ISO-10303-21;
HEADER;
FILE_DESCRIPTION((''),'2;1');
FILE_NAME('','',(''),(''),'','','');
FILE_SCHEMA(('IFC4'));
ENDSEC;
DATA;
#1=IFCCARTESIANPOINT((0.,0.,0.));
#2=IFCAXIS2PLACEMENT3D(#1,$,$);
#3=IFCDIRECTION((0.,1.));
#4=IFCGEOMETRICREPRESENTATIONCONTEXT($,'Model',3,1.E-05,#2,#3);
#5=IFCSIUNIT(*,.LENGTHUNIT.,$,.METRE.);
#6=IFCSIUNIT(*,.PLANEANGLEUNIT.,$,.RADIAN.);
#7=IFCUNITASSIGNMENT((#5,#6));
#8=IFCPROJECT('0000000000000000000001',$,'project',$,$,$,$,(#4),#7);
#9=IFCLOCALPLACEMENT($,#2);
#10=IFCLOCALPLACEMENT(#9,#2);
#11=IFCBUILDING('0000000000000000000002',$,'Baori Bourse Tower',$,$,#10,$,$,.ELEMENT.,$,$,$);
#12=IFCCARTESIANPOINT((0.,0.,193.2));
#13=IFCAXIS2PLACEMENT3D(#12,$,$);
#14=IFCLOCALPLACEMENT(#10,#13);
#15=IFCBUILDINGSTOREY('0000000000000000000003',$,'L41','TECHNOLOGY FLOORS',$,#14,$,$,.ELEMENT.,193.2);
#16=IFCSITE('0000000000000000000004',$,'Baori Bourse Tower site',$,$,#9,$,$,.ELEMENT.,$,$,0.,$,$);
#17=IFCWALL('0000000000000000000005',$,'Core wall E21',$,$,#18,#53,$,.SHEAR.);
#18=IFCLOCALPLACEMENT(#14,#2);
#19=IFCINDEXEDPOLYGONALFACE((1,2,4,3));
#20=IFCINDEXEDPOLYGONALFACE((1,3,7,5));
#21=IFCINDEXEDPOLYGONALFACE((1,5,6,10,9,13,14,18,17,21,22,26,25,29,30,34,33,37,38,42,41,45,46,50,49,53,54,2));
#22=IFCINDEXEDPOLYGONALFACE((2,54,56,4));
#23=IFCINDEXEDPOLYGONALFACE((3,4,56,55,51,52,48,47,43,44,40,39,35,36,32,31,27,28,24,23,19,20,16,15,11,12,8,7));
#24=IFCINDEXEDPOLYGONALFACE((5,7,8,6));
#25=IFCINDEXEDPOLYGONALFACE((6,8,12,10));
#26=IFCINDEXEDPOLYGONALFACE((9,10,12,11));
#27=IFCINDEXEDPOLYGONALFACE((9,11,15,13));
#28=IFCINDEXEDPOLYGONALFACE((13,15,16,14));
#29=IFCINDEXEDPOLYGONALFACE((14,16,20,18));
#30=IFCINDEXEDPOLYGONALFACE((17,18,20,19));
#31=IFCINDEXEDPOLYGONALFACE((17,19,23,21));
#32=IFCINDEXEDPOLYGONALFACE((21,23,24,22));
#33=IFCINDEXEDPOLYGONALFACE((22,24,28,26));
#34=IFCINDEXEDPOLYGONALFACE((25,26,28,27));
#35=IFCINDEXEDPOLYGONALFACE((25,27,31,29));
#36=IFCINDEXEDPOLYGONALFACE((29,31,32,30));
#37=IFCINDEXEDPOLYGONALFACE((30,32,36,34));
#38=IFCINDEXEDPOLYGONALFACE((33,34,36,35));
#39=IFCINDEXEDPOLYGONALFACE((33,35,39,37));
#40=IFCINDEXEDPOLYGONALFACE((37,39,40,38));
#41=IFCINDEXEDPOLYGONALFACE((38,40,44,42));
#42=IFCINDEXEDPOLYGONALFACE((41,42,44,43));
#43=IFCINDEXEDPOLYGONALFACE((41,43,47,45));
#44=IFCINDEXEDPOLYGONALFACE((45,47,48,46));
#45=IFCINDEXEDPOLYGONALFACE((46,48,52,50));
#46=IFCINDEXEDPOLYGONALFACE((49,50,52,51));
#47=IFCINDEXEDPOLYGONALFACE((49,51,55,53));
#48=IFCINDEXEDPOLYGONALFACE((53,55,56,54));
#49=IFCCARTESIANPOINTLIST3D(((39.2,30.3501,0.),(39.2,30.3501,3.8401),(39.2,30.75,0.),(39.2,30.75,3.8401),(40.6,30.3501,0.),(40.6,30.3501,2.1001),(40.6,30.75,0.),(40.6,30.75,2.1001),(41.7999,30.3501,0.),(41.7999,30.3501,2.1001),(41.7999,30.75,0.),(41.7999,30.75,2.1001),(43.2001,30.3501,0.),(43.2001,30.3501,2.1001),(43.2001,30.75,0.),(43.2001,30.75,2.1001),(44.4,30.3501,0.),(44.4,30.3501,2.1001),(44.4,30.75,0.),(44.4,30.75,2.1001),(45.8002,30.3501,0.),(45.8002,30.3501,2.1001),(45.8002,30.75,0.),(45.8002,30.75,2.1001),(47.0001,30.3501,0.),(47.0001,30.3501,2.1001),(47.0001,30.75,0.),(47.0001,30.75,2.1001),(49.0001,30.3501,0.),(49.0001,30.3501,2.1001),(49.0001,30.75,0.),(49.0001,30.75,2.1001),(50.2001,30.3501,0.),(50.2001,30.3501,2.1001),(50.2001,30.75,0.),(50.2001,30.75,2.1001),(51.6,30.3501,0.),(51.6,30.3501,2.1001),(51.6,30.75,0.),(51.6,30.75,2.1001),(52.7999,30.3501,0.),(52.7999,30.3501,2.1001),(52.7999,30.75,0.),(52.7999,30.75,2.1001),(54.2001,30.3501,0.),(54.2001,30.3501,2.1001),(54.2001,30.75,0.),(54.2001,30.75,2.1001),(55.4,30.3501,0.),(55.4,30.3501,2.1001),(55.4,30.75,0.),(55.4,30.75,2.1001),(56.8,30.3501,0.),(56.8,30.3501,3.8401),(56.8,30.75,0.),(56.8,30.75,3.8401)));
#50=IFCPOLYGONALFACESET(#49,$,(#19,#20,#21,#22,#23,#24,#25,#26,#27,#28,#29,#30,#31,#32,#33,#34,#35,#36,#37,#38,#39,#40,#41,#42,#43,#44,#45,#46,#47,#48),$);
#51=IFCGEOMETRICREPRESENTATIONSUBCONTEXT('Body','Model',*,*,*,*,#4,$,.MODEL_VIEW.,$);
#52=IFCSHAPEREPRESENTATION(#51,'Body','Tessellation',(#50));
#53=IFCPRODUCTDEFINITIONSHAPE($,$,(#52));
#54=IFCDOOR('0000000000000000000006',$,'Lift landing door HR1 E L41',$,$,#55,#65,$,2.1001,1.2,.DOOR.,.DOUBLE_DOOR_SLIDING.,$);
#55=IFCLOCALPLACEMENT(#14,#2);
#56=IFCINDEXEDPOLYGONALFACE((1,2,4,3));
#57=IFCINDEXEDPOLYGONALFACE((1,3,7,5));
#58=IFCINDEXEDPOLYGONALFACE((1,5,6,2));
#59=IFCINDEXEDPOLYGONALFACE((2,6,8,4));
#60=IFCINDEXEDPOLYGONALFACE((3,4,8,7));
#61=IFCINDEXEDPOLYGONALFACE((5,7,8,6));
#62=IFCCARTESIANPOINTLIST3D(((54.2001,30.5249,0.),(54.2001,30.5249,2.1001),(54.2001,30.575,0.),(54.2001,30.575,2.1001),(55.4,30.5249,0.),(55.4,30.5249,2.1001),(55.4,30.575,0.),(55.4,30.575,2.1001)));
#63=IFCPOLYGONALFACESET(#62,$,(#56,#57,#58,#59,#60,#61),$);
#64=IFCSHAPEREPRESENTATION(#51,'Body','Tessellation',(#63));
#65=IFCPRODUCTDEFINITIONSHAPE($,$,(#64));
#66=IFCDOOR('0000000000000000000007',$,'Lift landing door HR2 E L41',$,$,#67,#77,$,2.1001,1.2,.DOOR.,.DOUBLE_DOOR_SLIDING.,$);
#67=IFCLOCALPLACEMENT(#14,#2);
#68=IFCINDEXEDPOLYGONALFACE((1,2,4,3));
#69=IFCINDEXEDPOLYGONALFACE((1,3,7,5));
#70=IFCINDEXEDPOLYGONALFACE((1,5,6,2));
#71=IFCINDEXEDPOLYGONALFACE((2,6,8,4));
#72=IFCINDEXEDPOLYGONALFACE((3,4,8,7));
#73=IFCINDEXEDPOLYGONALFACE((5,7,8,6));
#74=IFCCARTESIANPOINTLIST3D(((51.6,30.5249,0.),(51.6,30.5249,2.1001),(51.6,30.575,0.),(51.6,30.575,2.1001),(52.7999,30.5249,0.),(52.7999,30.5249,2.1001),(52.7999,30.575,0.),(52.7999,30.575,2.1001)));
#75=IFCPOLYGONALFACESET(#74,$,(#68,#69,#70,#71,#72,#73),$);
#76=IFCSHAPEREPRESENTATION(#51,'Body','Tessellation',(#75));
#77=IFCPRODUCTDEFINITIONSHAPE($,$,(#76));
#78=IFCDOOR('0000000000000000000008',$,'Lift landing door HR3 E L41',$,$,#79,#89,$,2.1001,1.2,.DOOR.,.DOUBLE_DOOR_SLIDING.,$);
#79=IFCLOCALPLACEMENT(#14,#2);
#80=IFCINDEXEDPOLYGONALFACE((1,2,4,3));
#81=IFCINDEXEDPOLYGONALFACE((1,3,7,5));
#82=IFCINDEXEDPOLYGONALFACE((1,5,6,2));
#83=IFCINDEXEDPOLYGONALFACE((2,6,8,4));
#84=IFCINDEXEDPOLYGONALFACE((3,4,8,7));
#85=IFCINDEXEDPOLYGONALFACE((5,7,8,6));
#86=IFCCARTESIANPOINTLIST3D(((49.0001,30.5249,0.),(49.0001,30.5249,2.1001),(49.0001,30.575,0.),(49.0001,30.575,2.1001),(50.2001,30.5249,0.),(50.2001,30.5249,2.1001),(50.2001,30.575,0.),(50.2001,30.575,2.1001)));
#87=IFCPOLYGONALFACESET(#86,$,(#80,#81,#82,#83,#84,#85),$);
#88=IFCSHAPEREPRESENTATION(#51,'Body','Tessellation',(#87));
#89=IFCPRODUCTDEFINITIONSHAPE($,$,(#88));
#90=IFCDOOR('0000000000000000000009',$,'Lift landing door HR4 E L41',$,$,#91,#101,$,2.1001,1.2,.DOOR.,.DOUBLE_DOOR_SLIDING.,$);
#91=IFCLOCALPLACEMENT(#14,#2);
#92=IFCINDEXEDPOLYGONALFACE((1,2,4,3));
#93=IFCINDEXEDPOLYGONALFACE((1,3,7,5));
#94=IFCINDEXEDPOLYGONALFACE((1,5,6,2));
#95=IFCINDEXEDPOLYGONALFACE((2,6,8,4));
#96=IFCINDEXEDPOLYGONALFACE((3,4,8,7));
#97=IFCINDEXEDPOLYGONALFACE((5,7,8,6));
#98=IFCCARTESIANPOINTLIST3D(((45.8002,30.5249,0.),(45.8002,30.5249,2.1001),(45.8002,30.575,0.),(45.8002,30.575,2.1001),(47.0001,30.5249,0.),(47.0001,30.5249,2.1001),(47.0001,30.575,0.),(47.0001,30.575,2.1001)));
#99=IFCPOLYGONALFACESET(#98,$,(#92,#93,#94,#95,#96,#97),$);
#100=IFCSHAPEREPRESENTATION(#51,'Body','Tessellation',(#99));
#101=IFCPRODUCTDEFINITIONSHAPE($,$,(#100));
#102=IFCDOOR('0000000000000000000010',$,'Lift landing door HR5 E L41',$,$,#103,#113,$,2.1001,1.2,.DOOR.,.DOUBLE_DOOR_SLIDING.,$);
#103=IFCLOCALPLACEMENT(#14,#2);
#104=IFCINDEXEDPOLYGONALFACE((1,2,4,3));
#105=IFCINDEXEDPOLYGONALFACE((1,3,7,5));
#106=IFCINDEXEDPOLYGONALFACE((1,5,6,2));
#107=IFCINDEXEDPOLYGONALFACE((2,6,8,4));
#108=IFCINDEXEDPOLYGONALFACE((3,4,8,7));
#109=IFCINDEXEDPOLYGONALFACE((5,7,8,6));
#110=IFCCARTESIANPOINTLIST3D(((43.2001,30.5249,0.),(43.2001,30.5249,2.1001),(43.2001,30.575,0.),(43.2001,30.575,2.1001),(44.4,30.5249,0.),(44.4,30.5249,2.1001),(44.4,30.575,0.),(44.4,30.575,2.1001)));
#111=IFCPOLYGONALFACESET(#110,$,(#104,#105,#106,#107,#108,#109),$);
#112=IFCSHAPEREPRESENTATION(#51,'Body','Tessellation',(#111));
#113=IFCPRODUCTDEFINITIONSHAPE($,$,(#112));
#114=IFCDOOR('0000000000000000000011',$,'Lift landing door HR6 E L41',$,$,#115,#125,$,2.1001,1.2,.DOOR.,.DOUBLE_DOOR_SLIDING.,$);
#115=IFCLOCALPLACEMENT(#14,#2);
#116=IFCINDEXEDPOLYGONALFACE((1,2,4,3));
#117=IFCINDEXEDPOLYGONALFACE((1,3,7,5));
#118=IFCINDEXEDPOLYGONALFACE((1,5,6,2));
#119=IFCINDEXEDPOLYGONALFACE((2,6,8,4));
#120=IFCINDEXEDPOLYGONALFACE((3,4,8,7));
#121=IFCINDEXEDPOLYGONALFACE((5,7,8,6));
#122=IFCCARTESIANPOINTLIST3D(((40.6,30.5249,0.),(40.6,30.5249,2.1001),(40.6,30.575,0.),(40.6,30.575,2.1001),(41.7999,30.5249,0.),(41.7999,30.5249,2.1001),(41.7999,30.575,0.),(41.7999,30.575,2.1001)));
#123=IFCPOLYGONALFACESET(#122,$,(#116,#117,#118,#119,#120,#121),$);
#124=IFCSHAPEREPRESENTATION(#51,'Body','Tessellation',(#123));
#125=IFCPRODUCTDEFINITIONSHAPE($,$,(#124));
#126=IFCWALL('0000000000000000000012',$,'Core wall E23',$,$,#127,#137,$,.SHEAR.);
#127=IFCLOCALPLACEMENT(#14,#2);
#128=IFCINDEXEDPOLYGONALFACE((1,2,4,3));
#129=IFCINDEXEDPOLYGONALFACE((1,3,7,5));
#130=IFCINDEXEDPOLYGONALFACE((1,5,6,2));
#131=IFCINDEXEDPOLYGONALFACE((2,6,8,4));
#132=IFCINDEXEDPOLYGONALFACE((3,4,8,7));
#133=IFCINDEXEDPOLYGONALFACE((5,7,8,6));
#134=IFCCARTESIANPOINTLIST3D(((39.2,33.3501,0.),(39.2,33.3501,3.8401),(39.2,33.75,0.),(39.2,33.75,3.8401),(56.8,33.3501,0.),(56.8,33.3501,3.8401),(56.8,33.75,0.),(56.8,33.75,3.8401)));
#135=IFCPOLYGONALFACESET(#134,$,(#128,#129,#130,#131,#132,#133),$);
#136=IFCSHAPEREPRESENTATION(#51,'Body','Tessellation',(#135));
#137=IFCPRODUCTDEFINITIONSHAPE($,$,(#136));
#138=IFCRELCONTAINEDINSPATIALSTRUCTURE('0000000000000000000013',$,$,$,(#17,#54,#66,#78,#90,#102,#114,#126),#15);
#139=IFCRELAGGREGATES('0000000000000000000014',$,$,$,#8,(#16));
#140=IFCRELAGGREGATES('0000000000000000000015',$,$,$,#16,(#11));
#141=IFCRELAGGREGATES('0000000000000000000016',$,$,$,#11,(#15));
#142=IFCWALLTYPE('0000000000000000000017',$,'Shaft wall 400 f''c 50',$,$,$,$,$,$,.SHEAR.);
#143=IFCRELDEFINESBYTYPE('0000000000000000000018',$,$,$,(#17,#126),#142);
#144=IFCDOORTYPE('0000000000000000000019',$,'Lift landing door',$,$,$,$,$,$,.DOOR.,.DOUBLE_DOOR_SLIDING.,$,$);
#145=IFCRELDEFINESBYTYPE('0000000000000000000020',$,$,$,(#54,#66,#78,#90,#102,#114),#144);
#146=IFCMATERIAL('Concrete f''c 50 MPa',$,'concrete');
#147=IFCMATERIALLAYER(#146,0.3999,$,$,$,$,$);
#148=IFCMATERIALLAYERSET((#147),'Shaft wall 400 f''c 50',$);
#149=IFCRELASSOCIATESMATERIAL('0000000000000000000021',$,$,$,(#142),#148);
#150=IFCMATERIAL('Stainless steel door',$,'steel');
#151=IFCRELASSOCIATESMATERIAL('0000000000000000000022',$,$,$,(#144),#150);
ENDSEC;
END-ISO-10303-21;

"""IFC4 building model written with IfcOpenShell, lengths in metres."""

from ifc_helpers import new_model, si_unit, direction, frame, frame_2d, origin, place, context, subcontext, project, spatial, rectangle, extrude, material, layer, layer_set, type_object, element, fill, save


model = new_model("IFC4")

# Units and contexts
model_context = context("Model", 3, precision=1e-05, world=origin(), true_north=direction((0.0, 1.0)))
body_context = subcontext(model_context, "Body", "Model", "MODEL_VIEW")
ifc_project = project(units=[si_unit("LENGTHUNIT", "METRE"), si_unit("PLANEANGLEUNIT", "RADIAN")], contexts=[model_context])

# Site, building, storey
site_placement = place(None, origin())
site = spatial("IfcSite", under=ifc_project, at=site_placement, Name="Baori Bourse Tower site", CompositionType="ELEMENT", RefElevation=0.0)
building_placement = place(site_placement, origin())
building = spatial("IfcBuilding", under=site, at=building_placement, Name="Baori Bourse Tower", CompositionType="ELEMENT")
storey_placement = place(building_placement, frame((0.0, 0.0, 193.2)))
storey = spatial("IfcBuildingStorey", under=building, at=storey_placement, Name="L41", Description="TECHNOLOGY FLOORS", CompositionType="ELEMENT", Elevation=193.2)

# Wall, openings, doors
ifc_material_1 = material(Name="Concrete f'c 50 MPa", Category="concrete")
ifc_layer_1 = layer(ifc_material_1, 0.3999)
ifc_layer_set_1 = layer_set([ifc_layer_1], Name="Shaft wall 400 f'c 50")
wall_type_1 = type_object("IfcWallType", Name="Shaft wall 400 f'c 50", PredefinedType="SHEAR", material=ifc_layer_set_1)
wall_1_placement = place(storey_placement, frame((39.2, 30.55, 0.0), z_axis=(0.0, 0.0, 1.0), x_axis=(1.0, 0.0, 0.0)))
wall_1 = element("IfcWall", 1, at=wall_1_placement, inside=storey, type_object=wall_type_1, Name="Core wall E21", PredefinedType="SHEAR", context=body_context, shape_type="SweptSolid", body=[
    extrude(rectangle(XDim=17.6001, YDim=0.3999, at=frame_2d((8.8, 0.0))), origin(), (0.0, 0.0, 1.0), 3.8401),
])
opening_1_placement = place(wall_1_placement, frame((15.0, 0.0, 0.0)))
opening_1 = element("IfcOpeningElement", 2, at=opening_1_placement, cuts=wall_1, PredefinedType="OPENING", context=body_context, shape_type="SweptSolid", body=[
    extrude(rectangle(XDim=1.2, YDim=2.1001, at=frame_2d((0.6001, 1.05))), frame((0.0, 0.21, 0.0), z_axis=(0.0, -1.0, 0.0), x_axis=(1.0, 0.0, 0.0)), (0.0, 0.0, 1.0), 0.4199),
])
opening_2_placement = place(wall_1_placement, frame((12.3999, 0.0, 0.0)))
opening_2 = element("IfcOpeningElement", 3, at=opening_2_placement, cuts=wall_1, PredefinedType="OPENING", context=body_context, shape_type="SweptSolid", body=[
    extrude(rectangle(XDim=1.2, YDim=2.1001, at=frame_2d((0.6001, 1.05))), frame((0.0, 0.21, 0.0), z_axis=(0.0, -1.0, 0.0), x_axis=(1.0, 0.0, 0.0)), (0.0, 0.0, 1.0), 0.4199),
])
opening_3_placement = place(wall_1_placement, frame((9.8, 0.0, 0.0)))
opening_3 = element("IfcOpeningElement", 4, at=opening_3_placement, cuts=wall_1, PredefinedType="OPENING", context=body_context, shape_type="SweptSolid", body=[
    extrude(rectangle(XDim=1.2, YDim=2.1001, at=frame_2d((0.6001, 1.05))), frame((0.0, 0.21, 0.0), z_axis=(0.0, -1.0, 0.0), x_axis=(1.0, 0.0, 0.0)), (0.0, 0.0, 1.0), 0.4199),
])
opening_4_placement = place(wall_1_placement, frame((6.6001, 0.0, 0.0)))
opening_4 = element("IfcOpeningElement", 5, at=opening_4_placement, cuts=wall_1, PredefinedType="OPENING", context=body_context, shape_type="SweptSolid", body=[
    extrude(rectangle(XDim=1.2, YDim=2.1001, at=frame_2d((0.6001, 1.05))), frame((0.0, 0.21, 0.0), z_axis=(0.0, -1.0, 0.0), x_axis=(1.0, 0.0, 0.0)), (0.0, 0.0, 1.0), 0.4199),
])
opening_5_placement = place(wall_1_placement, frame((4.0, 0.0, 0.0)))
opening_5 = element("IfcOpeningElement", 6, at=opening_5_placement, cuts=wall_1, PredefinedType="OPENING", context=body_context, shape_type="SweptSolid", body=[
    extrude(rectangle(XDim=1.2, YDim=2.1001, at=frame_2d((0.6001, 1.05))), frame((0.0, 0.21, 0.0), z_axis=(0.0, -1.0, 0.0), x_axis=(1.0, 0.0, 0.0)), (0.0, 0.0, 1.0), 0.4199),
])
opening_6_placement = place(wall_1_placement, frame((1.3999, 0.0, 0.0)))
opening_6 = element("IfcOpeningElement", 7, at=opening_6_placement, cuts=wall_1, PredefinedType="OPENING", context=body_context, shape_type="SweptSolid", body=[
    extrude(rectangle(XDim=1.2, YDim=2.1001, at=frame_2d((0.6001, 1.05))), frame((0.0, 0.21, 0.0), z_axis=(0.0, -1.0, 0.0), x_axis=(1.0, 0.0, 0.0)), (0.0, 0.0, 1.0), 0.4199),
])
ifc_material_2 = material(Name="Stainless steel door", Category="steel")
door_type_1 = type_object("IfcDoorType", Name="Lift landing door", OperationType="DOUBLE_DOOR_SLIDING", PredefinedType="DOOR", material=ifc_material_2)
door_1_placement = place(opening_1_placement, origin())
door_1 = element("IfcDoor", 8, at=door_1_placement, inside=storey, type_object=door_type_1, Name="Lift landing door HR1 E L41", OperationType="DOUBLE_DOOR_SLIDING", OverallHeight=2.1001, OverallWidth=1.2, PredefinedType="DOOR", context=body_context, shape_type="SweptSolid", body=[
    extrude(rectangle(XDim=1.2, YDim=2.1001, at=frame_2d((0.6001, 1.05))), frame((0.0, 0.0249, 0.0), z_axis=(0.0, -1.0, 0.0), x_axis=(1.0, 0.0, 0.0)), (0.0, 0.0, 1.0), 0.05),
])
fill(opening_1, door_1)
door_2_placement = place(opening_2_placement, origin())
door_2 = element("IfcDoor", 9, at=door_2_placement, inside=storey, type_object=door_type_1, Name="Lift landing door HR2 E L41", OperationType="DOUBLE_DOOR_SLIDING", OverallHeight=2.1001, OverallWidth=1.2, PredefinedType="DOOR", context=body_context, shape_type="SweptSolid", body=[
    extrude(rectangle(XDim=1.2, YDim=2.1001, at=frame_2d((0.6001, 1.05))), frame((0.0, 0.0249, 0.0), z_axis=(0.0, -1.0, 0.0), x_axis=(1.0, 0.0, 0.0)), (0.0, 0.0, 1.0), 0.05),
])
fill(opening_2, door_2)
door_3_placement = place(opening_3_placement, origin())
door_3 = element("IfcDoor", 10, at=door_3_placement, inside=storey, type_object=door_type_1, Name="Lift landing door HR3 E L41", OperationType="DOUBLE_DOOR_SLIDING", OverallHeight=2.1001, OverallWidth=1.2, PredefinedType="DOOR", context=body_context, shape_type="SweptSolid", body=[
    extrude(rectangle(XDim=1.2, YDim=2.1001, at=frame_2d((0.6001, 1.05))), frame((0.0, 0.0249, 0.0), z_axis=(0.0, -1.0, 0.0), x_axis=(1.0, 0.0, 0.0)), (0.0, 0.0, 1.0), 0.05),
])
fill(opening_3, door_3)
door_4_placement = place(opening_4_placement, origin())
door_4 = element("IfcDoor", 11, at=door_4_placement, inside=storey, type_object=door_type_1, Name="Lift landing door HR4 E L41", OperationType="DOUBLE_DOOR_SLIDING", OverallHeight=2.1001, OverallWidth=1.2, PredefinedType="DOOR", context=body_context, shape_type="SweptSolid", body=[
    extrude(rectangle(XDim=1.2, YDim=2.1001, at=frame_2d((0.6001, 1.05))), frame((0.0, 0.0249, 0.0), z_axis=(0.0, -1.0, 0.0), x_axis=(1.0, 0.0, 0.0)), (0.0, 0.0, 1.0), 0.05),
])
fill(opening_4, door_4)
door_5_placement = place(opening_5_placement, origin())
door_5 = element("IfcDoor", 12, at=door_5_placement, inside=storey, type_object=door_type_1, Name="Lift landing door HR5 E L41", OperationType="DOUBLE_DOOR_SLIDING", OverallHeight=2.1001, OverallWidth=1.2, PredefinedType="DOOR", context=body_context, shape_type="SweptSolid", body=[
    extrude(rectangle(XDim=1.2, YDim=2.1001, at=frame_2d((0.6001, 1.05))), frame((0.0, 0.0249, 0.0), z_axis=(0.0, -1.0, 0.0), x_axis=(1.0, 0.0, 0.0)), (0.0, 0.0, 1.0), 0.05),
])
fill(opening_5, door_5)
door_6_placement = place(opening_6_placement, origin())
door_6 = element("IfcDoor", 13, at=door_6_placement, inside=storey, type_object=door_type_1, Name="Lift landing door HR6 E L41", OperationType="DOUBLE_DOOR_SLIDING", OverallHeight=2.1001, OverallWidth=1.2, PredefinedType="DOOR", context=body_context, shape_type="SweptSolid", body=[
    extrude(rectangle(XDim=1.2, YDim=2.1001, at=frame_2d((0.6001, 1.05))), frame((0.0, 0.0249, 0.0), z_axis=(0.0, -1.0, 0.0), x_axis=(1.0, 0.0, 0.0)), (0.0, 0.0, 1.0), 0.05),
])
fill(opening_6, door_6)

# Wall
wall_2_placement = place(storey_placement, frame((39.2, 33.55, 0.0), z_axis=(0.0, 0.0, 1.0), x_axis=(1.0, 0.0, 0.0)))
element("IfcWall", 14, at=wall_2_placement, inside=storey, type_object=wall_type_1, Name="Core wall E23", PredefinedType="SHEAR", context=body_context, shape_type="SweptSolid", body=[
    extrude(rectangle(XDim=17.6001, YDim=0.3999, at=frame_2d((8.8, 0.0))), origin(), (0.0, 0.0, 1.0), 3.8401),
])

save(model, "model.ifc")
